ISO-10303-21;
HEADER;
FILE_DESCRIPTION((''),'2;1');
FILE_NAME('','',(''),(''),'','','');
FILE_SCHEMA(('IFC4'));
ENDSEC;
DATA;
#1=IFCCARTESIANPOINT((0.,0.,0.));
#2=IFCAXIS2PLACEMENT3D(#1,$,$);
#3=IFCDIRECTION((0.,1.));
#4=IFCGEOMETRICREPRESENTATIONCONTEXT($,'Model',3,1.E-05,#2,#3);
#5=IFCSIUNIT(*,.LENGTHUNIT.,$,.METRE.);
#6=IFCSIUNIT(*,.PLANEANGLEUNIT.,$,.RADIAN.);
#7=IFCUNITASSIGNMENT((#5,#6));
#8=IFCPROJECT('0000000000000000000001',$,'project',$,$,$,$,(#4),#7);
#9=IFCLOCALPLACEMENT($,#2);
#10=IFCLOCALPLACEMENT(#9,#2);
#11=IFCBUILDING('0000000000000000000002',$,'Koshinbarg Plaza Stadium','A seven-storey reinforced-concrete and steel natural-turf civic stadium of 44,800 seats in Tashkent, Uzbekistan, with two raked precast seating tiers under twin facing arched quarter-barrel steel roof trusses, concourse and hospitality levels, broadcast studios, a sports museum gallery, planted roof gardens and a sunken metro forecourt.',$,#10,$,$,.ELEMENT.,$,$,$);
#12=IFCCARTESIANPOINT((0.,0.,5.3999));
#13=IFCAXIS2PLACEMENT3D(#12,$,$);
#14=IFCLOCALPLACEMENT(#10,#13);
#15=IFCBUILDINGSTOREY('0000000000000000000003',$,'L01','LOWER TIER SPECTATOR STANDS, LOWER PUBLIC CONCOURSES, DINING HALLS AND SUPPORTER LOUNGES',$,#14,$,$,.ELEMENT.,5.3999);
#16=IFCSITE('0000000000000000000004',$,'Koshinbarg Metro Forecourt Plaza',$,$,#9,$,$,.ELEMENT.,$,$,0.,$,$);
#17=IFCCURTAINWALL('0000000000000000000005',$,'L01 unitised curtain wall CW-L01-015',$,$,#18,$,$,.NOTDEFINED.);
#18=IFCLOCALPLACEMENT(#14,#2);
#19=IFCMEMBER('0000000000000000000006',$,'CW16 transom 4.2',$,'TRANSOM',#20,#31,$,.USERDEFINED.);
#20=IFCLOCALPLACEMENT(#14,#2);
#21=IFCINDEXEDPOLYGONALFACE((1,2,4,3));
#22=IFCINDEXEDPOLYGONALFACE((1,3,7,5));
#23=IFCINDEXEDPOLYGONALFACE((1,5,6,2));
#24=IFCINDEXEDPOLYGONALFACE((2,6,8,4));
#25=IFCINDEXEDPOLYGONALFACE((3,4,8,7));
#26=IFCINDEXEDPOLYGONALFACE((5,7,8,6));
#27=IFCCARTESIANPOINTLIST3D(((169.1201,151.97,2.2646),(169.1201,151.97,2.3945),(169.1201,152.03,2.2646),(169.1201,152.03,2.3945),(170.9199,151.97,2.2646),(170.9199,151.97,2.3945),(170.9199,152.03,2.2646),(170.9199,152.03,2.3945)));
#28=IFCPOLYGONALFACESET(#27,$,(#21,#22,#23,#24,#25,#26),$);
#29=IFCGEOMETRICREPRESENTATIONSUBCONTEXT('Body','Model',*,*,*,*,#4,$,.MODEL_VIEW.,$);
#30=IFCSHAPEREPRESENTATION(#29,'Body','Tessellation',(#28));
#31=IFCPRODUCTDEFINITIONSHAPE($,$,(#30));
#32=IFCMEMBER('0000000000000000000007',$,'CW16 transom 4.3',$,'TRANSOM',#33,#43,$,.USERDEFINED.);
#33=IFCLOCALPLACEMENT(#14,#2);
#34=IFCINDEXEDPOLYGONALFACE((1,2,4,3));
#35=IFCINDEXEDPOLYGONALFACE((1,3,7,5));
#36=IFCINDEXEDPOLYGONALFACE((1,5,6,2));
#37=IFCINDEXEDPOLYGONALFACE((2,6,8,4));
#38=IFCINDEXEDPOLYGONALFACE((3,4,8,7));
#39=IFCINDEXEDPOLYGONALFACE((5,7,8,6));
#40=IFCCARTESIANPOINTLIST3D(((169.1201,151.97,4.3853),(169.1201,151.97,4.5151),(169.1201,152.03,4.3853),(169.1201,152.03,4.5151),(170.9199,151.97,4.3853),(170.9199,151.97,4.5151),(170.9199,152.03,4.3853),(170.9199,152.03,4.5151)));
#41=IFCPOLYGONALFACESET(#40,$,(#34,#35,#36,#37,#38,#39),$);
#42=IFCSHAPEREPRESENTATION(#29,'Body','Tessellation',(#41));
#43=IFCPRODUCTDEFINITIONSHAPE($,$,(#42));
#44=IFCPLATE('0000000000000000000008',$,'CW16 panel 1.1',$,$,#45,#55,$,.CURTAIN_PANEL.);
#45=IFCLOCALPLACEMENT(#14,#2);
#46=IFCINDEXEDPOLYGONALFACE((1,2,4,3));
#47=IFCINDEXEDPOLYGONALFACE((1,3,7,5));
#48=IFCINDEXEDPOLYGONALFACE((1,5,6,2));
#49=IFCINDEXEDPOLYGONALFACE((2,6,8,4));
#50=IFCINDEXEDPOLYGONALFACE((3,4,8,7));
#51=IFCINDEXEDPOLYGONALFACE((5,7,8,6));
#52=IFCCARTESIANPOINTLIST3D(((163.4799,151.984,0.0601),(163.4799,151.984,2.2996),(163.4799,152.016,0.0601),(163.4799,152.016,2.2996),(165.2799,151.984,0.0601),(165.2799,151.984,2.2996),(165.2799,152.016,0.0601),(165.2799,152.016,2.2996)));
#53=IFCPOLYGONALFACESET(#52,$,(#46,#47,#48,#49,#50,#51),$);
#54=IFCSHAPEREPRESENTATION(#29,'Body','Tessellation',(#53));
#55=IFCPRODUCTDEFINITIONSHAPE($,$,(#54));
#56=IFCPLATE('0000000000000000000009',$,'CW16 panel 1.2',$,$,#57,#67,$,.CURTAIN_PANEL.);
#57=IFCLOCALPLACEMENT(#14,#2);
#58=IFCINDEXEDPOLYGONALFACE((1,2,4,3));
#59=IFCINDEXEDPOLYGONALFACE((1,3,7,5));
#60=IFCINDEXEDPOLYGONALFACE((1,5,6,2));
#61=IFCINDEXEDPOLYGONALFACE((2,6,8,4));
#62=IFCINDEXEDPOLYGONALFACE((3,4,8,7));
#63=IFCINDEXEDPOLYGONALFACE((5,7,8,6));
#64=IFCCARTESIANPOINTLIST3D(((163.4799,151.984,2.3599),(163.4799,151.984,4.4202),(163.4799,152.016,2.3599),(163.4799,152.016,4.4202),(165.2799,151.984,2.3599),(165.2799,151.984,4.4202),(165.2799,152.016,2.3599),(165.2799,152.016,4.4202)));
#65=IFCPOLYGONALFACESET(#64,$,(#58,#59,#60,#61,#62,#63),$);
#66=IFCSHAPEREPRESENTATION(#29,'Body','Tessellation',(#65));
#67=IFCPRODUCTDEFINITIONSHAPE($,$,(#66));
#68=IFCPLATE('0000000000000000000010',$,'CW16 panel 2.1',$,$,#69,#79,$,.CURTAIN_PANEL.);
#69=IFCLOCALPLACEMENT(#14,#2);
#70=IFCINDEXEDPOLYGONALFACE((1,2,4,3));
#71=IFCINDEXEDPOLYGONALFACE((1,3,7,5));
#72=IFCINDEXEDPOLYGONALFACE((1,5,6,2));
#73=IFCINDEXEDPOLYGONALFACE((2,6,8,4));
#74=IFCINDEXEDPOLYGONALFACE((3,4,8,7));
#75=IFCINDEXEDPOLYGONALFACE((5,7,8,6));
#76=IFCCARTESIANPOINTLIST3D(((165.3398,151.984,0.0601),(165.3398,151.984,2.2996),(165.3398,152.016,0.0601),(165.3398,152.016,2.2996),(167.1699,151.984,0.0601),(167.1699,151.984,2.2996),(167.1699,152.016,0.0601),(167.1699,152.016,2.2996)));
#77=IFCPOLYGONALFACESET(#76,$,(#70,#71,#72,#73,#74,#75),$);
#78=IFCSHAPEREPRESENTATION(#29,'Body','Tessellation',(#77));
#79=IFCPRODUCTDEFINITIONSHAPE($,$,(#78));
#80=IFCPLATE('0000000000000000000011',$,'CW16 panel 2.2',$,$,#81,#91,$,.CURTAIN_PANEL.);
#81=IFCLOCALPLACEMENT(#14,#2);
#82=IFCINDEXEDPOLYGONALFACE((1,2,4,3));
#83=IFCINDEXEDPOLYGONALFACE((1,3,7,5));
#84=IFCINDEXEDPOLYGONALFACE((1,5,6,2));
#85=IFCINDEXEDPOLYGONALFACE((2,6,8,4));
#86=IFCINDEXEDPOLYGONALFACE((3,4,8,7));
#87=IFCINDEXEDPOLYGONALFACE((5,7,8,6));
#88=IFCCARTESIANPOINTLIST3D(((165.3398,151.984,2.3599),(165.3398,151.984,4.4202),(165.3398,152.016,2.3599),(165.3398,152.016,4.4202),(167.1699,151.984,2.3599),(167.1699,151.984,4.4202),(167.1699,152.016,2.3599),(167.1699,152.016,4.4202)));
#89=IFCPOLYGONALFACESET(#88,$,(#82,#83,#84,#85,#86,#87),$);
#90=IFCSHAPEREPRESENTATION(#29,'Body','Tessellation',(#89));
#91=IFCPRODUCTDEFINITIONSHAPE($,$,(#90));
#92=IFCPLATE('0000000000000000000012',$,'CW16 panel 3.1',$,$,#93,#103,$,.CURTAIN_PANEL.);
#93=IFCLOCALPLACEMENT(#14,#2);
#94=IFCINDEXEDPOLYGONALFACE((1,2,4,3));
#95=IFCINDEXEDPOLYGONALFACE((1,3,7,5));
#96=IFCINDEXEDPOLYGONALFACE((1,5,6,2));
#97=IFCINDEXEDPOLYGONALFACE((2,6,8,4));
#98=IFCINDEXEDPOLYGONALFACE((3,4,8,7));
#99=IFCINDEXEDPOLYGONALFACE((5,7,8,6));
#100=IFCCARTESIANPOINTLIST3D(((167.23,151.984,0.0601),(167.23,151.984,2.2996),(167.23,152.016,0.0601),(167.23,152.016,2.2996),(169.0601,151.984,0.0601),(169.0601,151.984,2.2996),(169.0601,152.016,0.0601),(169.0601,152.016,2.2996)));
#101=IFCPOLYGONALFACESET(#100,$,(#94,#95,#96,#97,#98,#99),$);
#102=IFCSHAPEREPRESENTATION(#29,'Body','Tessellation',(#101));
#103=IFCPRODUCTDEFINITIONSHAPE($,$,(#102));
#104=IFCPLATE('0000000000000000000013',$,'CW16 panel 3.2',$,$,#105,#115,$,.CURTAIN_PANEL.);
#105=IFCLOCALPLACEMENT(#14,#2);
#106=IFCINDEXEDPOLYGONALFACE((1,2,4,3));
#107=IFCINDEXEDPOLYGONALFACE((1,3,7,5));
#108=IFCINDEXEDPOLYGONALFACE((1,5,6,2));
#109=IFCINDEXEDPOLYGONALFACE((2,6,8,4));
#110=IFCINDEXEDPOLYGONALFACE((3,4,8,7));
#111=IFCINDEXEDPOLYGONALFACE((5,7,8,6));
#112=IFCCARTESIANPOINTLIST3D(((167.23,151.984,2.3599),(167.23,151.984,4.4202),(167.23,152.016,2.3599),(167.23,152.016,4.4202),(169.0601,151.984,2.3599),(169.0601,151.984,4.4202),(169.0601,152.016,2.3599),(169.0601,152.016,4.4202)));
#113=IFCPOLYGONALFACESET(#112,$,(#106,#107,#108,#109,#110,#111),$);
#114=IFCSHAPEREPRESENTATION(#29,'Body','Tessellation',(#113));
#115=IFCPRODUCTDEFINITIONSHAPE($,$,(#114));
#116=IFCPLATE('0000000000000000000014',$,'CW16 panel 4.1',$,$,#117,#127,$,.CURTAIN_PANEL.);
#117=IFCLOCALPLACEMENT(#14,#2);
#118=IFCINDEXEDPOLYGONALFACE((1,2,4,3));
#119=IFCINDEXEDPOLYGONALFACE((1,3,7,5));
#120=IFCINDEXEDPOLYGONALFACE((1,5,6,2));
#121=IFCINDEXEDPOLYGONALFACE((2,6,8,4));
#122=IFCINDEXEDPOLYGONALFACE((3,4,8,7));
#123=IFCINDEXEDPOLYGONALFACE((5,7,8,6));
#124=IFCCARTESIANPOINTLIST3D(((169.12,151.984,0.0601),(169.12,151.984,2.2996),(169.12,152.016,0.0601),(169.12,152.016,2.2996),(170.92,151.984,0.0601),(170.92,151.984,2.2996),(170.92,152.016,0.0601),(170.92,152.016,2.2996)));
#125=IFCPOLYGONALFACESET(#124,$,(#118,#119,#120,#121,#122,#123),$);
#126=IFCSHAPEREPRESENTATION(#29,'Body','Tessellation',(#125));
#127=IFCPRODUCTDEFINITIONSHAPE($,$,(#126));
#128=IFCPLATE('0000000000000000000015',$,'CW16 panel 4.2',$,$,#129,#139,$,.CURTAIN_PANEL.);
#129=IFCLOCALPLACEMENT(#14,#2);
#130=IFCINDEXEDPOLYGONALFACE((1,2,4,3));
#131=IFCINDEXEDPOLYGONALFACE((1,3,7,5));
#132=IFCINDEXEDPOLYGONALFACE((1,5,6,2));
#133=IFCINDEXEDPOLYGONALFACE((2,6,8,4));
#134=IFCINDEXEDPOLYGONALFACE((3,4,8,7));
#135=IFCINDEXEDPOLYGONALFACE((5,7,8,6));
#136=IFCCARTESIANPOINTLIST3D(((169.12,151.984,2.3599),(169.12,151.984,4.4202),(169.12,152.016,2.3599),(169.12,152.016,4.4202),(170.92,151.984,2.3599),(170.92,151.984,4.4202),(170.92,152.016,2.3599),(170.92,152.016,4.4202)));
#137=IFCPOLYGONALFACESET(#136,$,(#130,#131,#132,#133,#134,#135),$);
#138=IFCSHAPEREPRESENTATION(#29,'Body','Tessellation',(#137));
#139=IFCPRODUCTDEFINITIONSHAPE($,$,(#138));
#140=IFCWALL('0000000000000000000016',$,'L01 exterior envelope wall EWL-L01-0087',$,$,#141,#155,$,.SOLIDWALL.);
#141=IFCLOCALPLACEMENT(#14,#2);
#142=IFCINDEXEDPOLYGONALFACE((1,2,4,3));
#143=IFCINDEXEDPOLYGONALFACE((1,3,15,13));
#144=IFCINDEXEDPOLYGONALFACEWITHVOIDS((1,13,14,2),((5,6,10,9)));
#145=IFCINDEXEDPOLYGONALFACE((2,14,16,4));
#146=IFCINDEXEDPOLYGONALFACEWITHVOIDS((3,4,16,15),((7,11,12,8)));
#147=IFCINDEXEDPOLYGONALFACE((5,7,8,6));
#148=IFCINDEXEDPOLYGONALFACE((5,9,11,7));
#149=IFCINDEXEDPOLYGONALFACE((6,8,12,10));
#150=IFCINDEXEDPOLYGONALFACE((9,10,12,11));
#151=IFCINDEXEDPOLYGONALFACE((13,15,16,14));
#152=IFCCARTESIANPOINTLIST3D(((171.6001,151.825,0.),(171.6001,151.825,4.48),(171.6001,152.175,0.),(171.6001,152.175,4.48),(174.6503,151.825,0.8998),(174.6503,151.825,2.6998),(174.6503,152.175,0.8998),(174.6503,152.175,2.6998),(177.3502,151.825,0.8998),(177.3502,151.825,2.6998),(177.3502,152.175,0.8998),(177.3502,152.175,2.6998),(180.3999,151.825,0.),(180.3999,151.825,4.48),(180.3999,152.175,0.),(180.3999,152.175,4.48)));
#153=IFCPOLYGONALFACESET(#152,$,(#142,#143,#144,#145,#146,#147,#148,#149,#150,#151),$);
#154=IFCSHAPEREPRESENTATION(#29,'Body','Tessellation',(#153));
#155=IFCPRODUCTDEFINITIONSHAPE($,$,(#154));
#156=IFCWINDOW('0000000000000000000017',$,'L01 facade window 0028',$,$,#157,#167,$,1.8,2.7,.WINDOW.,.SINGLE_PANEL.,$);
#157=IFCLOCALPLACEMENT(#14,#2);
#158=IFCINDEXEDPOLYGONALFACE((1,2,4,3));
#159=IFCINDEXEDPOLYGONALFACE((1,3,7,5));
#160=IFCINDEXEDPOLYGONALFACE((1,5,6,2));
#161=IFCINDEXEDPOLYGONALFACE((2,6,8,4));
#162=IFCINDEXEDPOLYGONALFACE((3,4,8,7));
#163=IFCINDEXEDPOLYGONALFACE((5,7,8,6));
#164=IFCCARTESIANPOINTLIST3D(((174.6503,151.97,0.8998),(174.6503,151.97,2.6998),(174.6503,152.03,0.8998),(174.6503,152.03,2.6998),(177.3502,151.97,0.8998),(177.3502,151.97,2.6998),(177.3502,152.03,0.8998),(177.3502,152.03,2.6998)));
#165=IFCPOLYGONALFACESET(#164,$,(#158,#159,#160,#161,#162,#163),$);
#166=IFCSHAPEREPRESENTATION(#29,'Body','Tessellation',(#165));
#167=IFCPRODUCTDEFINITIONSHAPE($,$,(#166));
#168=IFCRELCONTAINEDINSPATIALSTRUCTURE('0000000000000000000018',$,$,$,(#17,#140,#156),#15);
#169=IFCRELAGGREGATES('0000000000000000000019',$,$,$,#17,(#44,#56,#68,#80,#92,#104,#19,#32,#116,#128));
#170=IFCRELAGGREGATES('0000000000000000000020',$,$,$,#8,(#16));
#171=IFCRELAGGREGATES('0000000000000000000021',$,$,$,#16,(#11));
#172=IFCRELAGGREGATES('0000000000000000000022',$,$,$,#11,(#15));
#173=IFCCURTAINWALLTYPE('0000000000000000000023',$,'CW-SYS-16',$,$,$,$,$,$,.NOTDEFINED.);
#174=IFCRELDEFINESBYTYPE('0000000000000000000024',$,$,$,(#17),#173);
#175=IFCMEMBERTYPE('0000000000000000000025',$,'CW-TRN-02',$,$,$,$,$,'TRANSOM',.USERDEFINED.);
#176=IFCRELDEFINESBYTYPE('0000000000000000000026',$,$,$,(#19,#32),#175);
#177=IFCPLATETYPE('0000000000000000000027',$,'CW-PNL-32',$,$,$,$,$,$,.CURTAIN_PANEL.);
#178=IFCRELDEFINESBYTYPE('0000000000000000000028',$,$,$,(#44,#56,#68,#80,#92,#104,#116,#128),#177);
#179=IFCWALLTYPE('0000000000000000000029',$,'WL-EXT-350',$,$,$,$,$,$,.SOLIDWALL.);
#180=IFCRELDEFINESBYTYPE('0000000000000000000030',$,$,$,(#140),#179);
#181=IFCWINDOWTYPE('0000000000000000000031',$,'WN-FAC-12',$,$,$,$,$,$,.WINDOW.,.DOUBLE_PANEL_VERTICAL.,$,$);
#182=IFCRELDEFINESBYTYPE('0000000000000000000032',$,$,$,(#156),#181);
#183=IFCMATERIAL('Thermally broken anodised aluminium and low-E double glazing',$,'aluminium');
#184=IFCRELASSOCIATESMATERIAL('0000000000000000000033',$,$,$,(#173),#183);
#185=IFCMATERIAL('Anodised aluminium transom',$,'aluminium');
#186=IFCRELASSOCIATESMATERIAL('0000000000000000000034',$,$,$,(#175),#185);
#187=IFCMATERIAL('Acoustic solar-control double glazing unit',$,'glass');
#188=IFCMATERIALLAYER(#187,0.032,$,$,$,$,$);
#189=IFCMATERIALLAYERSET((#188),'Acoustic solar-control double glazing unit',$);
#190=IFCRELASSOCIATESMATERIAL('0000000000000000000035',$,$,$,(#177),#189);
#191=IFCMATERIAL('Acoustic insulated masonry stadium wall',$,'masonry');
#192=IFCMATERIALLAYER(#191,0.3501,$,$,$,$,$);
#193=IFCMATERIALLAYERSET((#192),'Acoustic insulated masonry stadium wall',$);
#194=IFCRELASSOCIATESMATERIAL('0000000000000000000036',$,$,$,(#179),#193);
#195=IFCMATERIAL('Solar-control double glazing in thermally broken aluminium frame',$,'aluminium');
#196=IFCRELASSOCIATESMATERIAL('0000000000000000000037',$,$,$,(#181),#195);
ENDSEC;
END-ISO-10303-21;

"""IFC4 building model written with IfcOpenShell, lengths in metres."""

from ifc_helpers import new_model, si_unit, direction, frame, frame_2d, origin, origin_2d, place, context, subcontext, project, spatial, rectangle, extrude, material, layer, layer_set, material_profile, profile_set, type_object, element, fill, aggregate, save


model = new_model("IFC4")

# Units and contexts
model_context = context("Model", 3, precision=1e-05, world=origin(), true_north=direction((0.0, 1.0)))
body_context = subcontext(model_context, "Body", "Model", "MODEL_VIEW")
ifc_project = project(units=[si_unit("LENGTHUNIT", "METRE"), si_unit("PLANEANGLEUNIT", "RADIAN")], contexts=[model_context])

# Site, building, storey
site_placement = place(None, origin())
site = spatial("IfcSite", under=ifc_project, at=site_placement, Name="Koshinbarg Metro Forecourt Plaza", CompositionType="ELEMENT", RefElevation=0.0)
building_placement = place(site_placement, origin())
building = spatial("IfcBuilding", under=site, at=building_placement, Name="Koshinbarg Plaza Stadium", Description="A seven-storey reinforced-concrete and steel natural-turf civic stadium of 44,800 seats in Tashkent, Uzbekistan, with two raked precast seating tiers under twin facing arched quarter-barrel steel roof trusses, concourse and hospitality levels, broadcast studios, a sports museum gallery, planted roof gardens and a sunken metro forecourt.", CompositionType="ELEMENT")
storey_placement = place(building_placement, frame((0.0, 0.0, 5.3999)))
storey = spatial("IfcBuildingStorey", under=building, at=storey_placement, Name="L01", Description="LOWER TIER SPECTATOR STANDS, LOWER PUBLIC CONCOURSES, DINING HALLS AND SUPPORTER LOUNGES", CompositionType="ELEMENT", Elevation=5.3999)

# Curtain wall, members, plates
ifc_material_1 = material(Name="Thermally broken anodised aluminium and low-E double glazing", Category="aluminium")
curtain_wall_type = type_object("IfcCurtainWallType", Name="CW-SYS-16", PredefinedType="NOTDEFINED", material=ifc_material_1)
curtain_wall_placement = place(storey_placement, origin())
curtain_wall = element("IfcCurtainWall", 1, at=curtain_wall_placement, inside=storey, type_object=curtain_wall_type, Name="L01 unitised curtain wall CW-L01-015", PredefinedType="NOTDEFINED")
ifc_material_2 = material(Name="Anodised aluminium transom", Category="aluminium")
ifc_material_profile_1 = material_profile(ifc_material_2, rectangle(XDim=0.0601, YDim=0.1299, at=origin_2d()), Name="ALU 60x130")
ifc_profile_set_1 = profile_set([ifc_material_profile_1], Name="Anodised aluminium transom")
member_type_1 = type_object("IfcMemberType", Name="CW-TRN-02", ElementType="TRANSOM", PredefinedType="USERDEFINED", material=ifc_profile_set_1)
member_1_placement = place(storey_placement, frame((169.1201, 152.0, 2.3296), z_axis=(1.0, 0.0, 0.0), x_axis=(0.0, 1.0, 0.0)))
member_1 = element("IfcMember", 2, at=member_1_placement, type_object=member_type_1, Name="CW16 transom 4.2", ObjectType="TRANSOM", PredefinedType="USERDEFINED", context=body_context, shape_type="SweptSolid", body=[
    extrude(rectangle(XDim=0.0601, YDim=0.1299, at=origin_2d()), origin(), (0.0, 0.0, 1.0), 1.7998),
])
member_2_placement = place(storey_placement, frame((169.1201, 152.0, 4.4502), z_axis=(1.0, 0.0, 0.0), x_axis=(0.0, 1.0, 0.0)))
member_2 = element("IfcMember", 3, at=member_2_placement, type_object=member_type_1, Name="CW16 transom 4.3", ObjectType="TRANSOM", PredefinedType="USERDEFINED", context=body_context, shape_type="SweptSolid", body=[
    extrude(rectangle(XDim=0.0601, YDim=0.1299, at=origin_2d()), origin(), (0.0, 0.0, 1.0), 1.7998),
])
ifc_material_3 = material(Name="Acoustic solar-control double glazing unit", Category="glass")
ifc_layer_1 = layer(ifc_material_3, 0.032)
ifc_layer_set_1 = layer_set([ifc_layer_1], Name="Acoustic solar-control double glazing unit")
plate_type = type_object("IfcPlateType", Name="CW-PNL-32", PredefinedType="CURTAIN_PANEL", material=ifc_layer_set_1)
plate_1_placement = place(storey_placement, frame((164.3799, 152.0, 0.0601), z_axis=(0.0, 0.0, 1.0), x_axis=(1.0, 0.0, 0.0)))
plate_1 = element("IfcPlate", 4, at=plate_1_placement, type_object=plate_type, Name="CW16 panel 1.1", PredefinedType="CURTAIN_PANEL", context=body_context, shape_type="SweptSolid", body=[
    extrude(rectangle(XDim=1.8, YDim=0.032, at=origin_2d()), origin(), (0.0, 0.0, 1.0), 2.2395),
])
plate_2_placement = place(storey_placement, frame((164.3799, 152.0, 2.3599), z_axis=(0.0, 0.0, 1.0), x_axis=(1.0, 0.0, 0.0)))
plate_2 = element("IfcPlate", 5, at=plate_2_placement, type_object=plate_type, Name="CW16 panel 1.2", PredefinedType="CURTAIN_PANEL", context=body_context, shape_type="SweptSolid", body=[
    extrude(rectangle(XDim=1.8, YDim=0.032, at=origin_2d()), origin(), (0.0, 0.0, 1.0), 2.0603),
])
plate_3_placement = place(storey_placement, frame((166.2549, 152.0, 0.0601), z_axis=(0.0, 0.0, 1.0), x_axis=(1.0, 0.0, 0.0)))
plate_3 = element("IfcPlate", 6, at=plate_3_placement, type_object=plate_type, Name="CW16 panel 2.1", PredefinedType="CURTAIN_PANEL", context=body_context, shape_type="SweptSolid", body=[
    extrude(rectangle(XDim=1.8301, YDim=0.032, at=origin_2d()), origin(), (0.0, 0.0, 1.0), 2.2395),
])
plate_4_placement = place(storey_placement, frame((166.2549, 152.0, 2.3599), z_axis=(0.0, 0.0, 1.0), x_axis=(1.0, 0.0, 0.0)))
plate_4 = element("IfcPlate", 7, at=plate_4_placement, type_object=plate_type, Name="CW16 panel 2.2", PredefinedType="CURTAIN_PANEL", context=body_context, shape_type="SweptSolid", body=[
    extrude(rectangle(XDim=1.8301, YDim=0.032, at=origin_2d()), origin(), (0.0, 0.0, 1.0), 2.0603),
])
plate_5_placement = place(storey_placement, frame((168.145, 152.0, 0.0601), z_axis=(0.0, 0.0, 1.0), x_axis=(1.0, 0.0, 0.0)))
plate_5 = element("IfcPlate", 8, at=plate_5_placement, type_object=plate_type, Name="CW16 panel 3.1", PredefinedType="CURTAIN_PANEL", context=body_context, shape_type="SweptSolid", body=[
    extrude(rectangle(XDim=1.8301, YDim=0.032, at=origin_2d()), origin(), (0.0, 0.0, 1.0), 2.2395),
])
plate_6_placement = place(storey_placement, frame((168.145, 152.0, 2.3599), z_axis=(0.0, 0.0, 1.0), x_axis=(1.0, 0.0, 0.0)))
plate_6 = element("IfcPlate", 9, at=plate_6_placement, type_object=plate_type, Name="CW16 panel 3.2", PredefinedType="CURTAIN_PANEL", context=body_context, shape_type="SweptSolid", body=[
    extrude(rectangle(XDim=1.8301, YDim=0.032, at=origin_2d()), origin(), (0.0, 0.0, 1.0), 2.0603),
])
plate_7_placement = place(storey_placement, frame((170.02, 152.0, 0.0601), z_axis=(0.0, 0.0, 1.0), x_axis=(1.0, 0.0, 0.0)))
plate_7 = element("IfcPlate", 10, at=plate_7_placement, type_object=plate_type, Name="CW16 panel 4.1", PredefinedType="CURTAIN_PANEL", context=body_context, shape_type="SweptSolid", body=[
    extrude(rectangle(XDim=1.8, YDim=0.032, at=origin_2d()), origin(), (0.0, 0.0, 1.0), 2.2395),
])
plate_8_placement = place(storey_placement, frame((170.02, 152.0, 2.3599), z_axis=(0.0, 0.0, 1.0), x_axis=(1.0, 0.0, 0.0)))
plate_8 = element("IfcPlate", 11, at=plate_8_placement, type_object=plate_type, Name="CW16 panel 4.2", PredefinedType="CURTAIN_PANEL", context=body_context, shape_type="SweptSolid", body=[
    extrude(rectangle(XDim=1.8, YDim=0.032, at=origin_2d()), origin(), (0.0, 0.0, 1.0), 2.0603),
])
aggregate(curtain_wall, [plate_1, plate_2, plate_3, plate_4, plate_5, plate_6, member_1, member_2, plate_7, plate_8])

# Wall, opening, window
ifc_material_4 = material(Name="Acoustic insulated masonry stadium wall", Category="masonry")
ifc_layer_2 = layer(ifc_material_4, 0.3501)
ifc_layer_set_2 = layer_set([ifc_layer_2], Name="Acoustic insulated masonry stadium wall")
wall_type = type_object("IfcWallType", Name="WL-EXT-350", PredefinedType="SOLIDWALL", material=ifc_layer_set_2)
wall_placement = place(storey_placement, frame((171.6001, 152.0, 0.0), z_axis=(0.0, 0.0, 1.0), x_axis=(1.0, 0.0, 0.0)))
wall = element("IfcWall", 12, at=wall_placement, inside=storey, type_object=wall_type, Name="L01 exterior envelope wall EWL-L01-0087", PredefinedType="SOLIDWALL", context=body_context, shape_type="SweptSolid", body=[
    extrude(rectangle(XDim=8.7998, YDim=0.3501, at=frame_2d((4.3999, 0.0))), origin(), (0.0, 0.0, 1.0), 4.48),
])
opening_placement = place(wall_placement, frame((3.05, 0.0, 0.8999)))
opening = element("IfcOpeningElement", 13, at=opening_placement, cuts=wall, PredefinedType="OPENING", context=body_context, shape_type="SweptSolid", body=[
    extrude(rectangle(XDim=2.7, YDim=1.8, at=frame_2d((1.3501, 0.8999))), frame((0.0, 0.1851, 0.0), z_axis=(0.0, -1.0, 0.0), x_axis=(1.0, 0.0, 0.0)), (0.0, 0.0, 1.0), 0.3701),
])
ifc_material_5 = material(Name="Solar-control double glazing in thermally broken aluminium frame", Category="aluminium")
window_type = type_object("IfcWindowType", Name="WN-FAC-12", PartitioningType="DOUBLE_PANEL_VERTICAL", PredefinedType="WINDOW", material=ifc_material_5)
window_placement = place(opening_placement, origin())
window = element("IfcWindow", 14, at=window_placement, inside=storey, type_object=window_type, Name="L01 facade window 0028", OverallHeight=1.8, OverallWidth=2.7, PartitioningType="SINGLE_PANEL", PredefinedType="WINDOW", context=body_context, shape_type="SweptSolid", body=[
    extrude(rectangle(XDim=2.7, YDim=1.8, at=frame_2d((1.3501, 0.8999))), frame((0.0, 0.03, 0.0), z_axis=(0.0, -1.0, 0.0), x_axis=(1.0, 0.0, 0.0)), (0.0, 0.0, 1.0), 0.0601),
])
fill(opening, window)

save(model, "model.ifc")
